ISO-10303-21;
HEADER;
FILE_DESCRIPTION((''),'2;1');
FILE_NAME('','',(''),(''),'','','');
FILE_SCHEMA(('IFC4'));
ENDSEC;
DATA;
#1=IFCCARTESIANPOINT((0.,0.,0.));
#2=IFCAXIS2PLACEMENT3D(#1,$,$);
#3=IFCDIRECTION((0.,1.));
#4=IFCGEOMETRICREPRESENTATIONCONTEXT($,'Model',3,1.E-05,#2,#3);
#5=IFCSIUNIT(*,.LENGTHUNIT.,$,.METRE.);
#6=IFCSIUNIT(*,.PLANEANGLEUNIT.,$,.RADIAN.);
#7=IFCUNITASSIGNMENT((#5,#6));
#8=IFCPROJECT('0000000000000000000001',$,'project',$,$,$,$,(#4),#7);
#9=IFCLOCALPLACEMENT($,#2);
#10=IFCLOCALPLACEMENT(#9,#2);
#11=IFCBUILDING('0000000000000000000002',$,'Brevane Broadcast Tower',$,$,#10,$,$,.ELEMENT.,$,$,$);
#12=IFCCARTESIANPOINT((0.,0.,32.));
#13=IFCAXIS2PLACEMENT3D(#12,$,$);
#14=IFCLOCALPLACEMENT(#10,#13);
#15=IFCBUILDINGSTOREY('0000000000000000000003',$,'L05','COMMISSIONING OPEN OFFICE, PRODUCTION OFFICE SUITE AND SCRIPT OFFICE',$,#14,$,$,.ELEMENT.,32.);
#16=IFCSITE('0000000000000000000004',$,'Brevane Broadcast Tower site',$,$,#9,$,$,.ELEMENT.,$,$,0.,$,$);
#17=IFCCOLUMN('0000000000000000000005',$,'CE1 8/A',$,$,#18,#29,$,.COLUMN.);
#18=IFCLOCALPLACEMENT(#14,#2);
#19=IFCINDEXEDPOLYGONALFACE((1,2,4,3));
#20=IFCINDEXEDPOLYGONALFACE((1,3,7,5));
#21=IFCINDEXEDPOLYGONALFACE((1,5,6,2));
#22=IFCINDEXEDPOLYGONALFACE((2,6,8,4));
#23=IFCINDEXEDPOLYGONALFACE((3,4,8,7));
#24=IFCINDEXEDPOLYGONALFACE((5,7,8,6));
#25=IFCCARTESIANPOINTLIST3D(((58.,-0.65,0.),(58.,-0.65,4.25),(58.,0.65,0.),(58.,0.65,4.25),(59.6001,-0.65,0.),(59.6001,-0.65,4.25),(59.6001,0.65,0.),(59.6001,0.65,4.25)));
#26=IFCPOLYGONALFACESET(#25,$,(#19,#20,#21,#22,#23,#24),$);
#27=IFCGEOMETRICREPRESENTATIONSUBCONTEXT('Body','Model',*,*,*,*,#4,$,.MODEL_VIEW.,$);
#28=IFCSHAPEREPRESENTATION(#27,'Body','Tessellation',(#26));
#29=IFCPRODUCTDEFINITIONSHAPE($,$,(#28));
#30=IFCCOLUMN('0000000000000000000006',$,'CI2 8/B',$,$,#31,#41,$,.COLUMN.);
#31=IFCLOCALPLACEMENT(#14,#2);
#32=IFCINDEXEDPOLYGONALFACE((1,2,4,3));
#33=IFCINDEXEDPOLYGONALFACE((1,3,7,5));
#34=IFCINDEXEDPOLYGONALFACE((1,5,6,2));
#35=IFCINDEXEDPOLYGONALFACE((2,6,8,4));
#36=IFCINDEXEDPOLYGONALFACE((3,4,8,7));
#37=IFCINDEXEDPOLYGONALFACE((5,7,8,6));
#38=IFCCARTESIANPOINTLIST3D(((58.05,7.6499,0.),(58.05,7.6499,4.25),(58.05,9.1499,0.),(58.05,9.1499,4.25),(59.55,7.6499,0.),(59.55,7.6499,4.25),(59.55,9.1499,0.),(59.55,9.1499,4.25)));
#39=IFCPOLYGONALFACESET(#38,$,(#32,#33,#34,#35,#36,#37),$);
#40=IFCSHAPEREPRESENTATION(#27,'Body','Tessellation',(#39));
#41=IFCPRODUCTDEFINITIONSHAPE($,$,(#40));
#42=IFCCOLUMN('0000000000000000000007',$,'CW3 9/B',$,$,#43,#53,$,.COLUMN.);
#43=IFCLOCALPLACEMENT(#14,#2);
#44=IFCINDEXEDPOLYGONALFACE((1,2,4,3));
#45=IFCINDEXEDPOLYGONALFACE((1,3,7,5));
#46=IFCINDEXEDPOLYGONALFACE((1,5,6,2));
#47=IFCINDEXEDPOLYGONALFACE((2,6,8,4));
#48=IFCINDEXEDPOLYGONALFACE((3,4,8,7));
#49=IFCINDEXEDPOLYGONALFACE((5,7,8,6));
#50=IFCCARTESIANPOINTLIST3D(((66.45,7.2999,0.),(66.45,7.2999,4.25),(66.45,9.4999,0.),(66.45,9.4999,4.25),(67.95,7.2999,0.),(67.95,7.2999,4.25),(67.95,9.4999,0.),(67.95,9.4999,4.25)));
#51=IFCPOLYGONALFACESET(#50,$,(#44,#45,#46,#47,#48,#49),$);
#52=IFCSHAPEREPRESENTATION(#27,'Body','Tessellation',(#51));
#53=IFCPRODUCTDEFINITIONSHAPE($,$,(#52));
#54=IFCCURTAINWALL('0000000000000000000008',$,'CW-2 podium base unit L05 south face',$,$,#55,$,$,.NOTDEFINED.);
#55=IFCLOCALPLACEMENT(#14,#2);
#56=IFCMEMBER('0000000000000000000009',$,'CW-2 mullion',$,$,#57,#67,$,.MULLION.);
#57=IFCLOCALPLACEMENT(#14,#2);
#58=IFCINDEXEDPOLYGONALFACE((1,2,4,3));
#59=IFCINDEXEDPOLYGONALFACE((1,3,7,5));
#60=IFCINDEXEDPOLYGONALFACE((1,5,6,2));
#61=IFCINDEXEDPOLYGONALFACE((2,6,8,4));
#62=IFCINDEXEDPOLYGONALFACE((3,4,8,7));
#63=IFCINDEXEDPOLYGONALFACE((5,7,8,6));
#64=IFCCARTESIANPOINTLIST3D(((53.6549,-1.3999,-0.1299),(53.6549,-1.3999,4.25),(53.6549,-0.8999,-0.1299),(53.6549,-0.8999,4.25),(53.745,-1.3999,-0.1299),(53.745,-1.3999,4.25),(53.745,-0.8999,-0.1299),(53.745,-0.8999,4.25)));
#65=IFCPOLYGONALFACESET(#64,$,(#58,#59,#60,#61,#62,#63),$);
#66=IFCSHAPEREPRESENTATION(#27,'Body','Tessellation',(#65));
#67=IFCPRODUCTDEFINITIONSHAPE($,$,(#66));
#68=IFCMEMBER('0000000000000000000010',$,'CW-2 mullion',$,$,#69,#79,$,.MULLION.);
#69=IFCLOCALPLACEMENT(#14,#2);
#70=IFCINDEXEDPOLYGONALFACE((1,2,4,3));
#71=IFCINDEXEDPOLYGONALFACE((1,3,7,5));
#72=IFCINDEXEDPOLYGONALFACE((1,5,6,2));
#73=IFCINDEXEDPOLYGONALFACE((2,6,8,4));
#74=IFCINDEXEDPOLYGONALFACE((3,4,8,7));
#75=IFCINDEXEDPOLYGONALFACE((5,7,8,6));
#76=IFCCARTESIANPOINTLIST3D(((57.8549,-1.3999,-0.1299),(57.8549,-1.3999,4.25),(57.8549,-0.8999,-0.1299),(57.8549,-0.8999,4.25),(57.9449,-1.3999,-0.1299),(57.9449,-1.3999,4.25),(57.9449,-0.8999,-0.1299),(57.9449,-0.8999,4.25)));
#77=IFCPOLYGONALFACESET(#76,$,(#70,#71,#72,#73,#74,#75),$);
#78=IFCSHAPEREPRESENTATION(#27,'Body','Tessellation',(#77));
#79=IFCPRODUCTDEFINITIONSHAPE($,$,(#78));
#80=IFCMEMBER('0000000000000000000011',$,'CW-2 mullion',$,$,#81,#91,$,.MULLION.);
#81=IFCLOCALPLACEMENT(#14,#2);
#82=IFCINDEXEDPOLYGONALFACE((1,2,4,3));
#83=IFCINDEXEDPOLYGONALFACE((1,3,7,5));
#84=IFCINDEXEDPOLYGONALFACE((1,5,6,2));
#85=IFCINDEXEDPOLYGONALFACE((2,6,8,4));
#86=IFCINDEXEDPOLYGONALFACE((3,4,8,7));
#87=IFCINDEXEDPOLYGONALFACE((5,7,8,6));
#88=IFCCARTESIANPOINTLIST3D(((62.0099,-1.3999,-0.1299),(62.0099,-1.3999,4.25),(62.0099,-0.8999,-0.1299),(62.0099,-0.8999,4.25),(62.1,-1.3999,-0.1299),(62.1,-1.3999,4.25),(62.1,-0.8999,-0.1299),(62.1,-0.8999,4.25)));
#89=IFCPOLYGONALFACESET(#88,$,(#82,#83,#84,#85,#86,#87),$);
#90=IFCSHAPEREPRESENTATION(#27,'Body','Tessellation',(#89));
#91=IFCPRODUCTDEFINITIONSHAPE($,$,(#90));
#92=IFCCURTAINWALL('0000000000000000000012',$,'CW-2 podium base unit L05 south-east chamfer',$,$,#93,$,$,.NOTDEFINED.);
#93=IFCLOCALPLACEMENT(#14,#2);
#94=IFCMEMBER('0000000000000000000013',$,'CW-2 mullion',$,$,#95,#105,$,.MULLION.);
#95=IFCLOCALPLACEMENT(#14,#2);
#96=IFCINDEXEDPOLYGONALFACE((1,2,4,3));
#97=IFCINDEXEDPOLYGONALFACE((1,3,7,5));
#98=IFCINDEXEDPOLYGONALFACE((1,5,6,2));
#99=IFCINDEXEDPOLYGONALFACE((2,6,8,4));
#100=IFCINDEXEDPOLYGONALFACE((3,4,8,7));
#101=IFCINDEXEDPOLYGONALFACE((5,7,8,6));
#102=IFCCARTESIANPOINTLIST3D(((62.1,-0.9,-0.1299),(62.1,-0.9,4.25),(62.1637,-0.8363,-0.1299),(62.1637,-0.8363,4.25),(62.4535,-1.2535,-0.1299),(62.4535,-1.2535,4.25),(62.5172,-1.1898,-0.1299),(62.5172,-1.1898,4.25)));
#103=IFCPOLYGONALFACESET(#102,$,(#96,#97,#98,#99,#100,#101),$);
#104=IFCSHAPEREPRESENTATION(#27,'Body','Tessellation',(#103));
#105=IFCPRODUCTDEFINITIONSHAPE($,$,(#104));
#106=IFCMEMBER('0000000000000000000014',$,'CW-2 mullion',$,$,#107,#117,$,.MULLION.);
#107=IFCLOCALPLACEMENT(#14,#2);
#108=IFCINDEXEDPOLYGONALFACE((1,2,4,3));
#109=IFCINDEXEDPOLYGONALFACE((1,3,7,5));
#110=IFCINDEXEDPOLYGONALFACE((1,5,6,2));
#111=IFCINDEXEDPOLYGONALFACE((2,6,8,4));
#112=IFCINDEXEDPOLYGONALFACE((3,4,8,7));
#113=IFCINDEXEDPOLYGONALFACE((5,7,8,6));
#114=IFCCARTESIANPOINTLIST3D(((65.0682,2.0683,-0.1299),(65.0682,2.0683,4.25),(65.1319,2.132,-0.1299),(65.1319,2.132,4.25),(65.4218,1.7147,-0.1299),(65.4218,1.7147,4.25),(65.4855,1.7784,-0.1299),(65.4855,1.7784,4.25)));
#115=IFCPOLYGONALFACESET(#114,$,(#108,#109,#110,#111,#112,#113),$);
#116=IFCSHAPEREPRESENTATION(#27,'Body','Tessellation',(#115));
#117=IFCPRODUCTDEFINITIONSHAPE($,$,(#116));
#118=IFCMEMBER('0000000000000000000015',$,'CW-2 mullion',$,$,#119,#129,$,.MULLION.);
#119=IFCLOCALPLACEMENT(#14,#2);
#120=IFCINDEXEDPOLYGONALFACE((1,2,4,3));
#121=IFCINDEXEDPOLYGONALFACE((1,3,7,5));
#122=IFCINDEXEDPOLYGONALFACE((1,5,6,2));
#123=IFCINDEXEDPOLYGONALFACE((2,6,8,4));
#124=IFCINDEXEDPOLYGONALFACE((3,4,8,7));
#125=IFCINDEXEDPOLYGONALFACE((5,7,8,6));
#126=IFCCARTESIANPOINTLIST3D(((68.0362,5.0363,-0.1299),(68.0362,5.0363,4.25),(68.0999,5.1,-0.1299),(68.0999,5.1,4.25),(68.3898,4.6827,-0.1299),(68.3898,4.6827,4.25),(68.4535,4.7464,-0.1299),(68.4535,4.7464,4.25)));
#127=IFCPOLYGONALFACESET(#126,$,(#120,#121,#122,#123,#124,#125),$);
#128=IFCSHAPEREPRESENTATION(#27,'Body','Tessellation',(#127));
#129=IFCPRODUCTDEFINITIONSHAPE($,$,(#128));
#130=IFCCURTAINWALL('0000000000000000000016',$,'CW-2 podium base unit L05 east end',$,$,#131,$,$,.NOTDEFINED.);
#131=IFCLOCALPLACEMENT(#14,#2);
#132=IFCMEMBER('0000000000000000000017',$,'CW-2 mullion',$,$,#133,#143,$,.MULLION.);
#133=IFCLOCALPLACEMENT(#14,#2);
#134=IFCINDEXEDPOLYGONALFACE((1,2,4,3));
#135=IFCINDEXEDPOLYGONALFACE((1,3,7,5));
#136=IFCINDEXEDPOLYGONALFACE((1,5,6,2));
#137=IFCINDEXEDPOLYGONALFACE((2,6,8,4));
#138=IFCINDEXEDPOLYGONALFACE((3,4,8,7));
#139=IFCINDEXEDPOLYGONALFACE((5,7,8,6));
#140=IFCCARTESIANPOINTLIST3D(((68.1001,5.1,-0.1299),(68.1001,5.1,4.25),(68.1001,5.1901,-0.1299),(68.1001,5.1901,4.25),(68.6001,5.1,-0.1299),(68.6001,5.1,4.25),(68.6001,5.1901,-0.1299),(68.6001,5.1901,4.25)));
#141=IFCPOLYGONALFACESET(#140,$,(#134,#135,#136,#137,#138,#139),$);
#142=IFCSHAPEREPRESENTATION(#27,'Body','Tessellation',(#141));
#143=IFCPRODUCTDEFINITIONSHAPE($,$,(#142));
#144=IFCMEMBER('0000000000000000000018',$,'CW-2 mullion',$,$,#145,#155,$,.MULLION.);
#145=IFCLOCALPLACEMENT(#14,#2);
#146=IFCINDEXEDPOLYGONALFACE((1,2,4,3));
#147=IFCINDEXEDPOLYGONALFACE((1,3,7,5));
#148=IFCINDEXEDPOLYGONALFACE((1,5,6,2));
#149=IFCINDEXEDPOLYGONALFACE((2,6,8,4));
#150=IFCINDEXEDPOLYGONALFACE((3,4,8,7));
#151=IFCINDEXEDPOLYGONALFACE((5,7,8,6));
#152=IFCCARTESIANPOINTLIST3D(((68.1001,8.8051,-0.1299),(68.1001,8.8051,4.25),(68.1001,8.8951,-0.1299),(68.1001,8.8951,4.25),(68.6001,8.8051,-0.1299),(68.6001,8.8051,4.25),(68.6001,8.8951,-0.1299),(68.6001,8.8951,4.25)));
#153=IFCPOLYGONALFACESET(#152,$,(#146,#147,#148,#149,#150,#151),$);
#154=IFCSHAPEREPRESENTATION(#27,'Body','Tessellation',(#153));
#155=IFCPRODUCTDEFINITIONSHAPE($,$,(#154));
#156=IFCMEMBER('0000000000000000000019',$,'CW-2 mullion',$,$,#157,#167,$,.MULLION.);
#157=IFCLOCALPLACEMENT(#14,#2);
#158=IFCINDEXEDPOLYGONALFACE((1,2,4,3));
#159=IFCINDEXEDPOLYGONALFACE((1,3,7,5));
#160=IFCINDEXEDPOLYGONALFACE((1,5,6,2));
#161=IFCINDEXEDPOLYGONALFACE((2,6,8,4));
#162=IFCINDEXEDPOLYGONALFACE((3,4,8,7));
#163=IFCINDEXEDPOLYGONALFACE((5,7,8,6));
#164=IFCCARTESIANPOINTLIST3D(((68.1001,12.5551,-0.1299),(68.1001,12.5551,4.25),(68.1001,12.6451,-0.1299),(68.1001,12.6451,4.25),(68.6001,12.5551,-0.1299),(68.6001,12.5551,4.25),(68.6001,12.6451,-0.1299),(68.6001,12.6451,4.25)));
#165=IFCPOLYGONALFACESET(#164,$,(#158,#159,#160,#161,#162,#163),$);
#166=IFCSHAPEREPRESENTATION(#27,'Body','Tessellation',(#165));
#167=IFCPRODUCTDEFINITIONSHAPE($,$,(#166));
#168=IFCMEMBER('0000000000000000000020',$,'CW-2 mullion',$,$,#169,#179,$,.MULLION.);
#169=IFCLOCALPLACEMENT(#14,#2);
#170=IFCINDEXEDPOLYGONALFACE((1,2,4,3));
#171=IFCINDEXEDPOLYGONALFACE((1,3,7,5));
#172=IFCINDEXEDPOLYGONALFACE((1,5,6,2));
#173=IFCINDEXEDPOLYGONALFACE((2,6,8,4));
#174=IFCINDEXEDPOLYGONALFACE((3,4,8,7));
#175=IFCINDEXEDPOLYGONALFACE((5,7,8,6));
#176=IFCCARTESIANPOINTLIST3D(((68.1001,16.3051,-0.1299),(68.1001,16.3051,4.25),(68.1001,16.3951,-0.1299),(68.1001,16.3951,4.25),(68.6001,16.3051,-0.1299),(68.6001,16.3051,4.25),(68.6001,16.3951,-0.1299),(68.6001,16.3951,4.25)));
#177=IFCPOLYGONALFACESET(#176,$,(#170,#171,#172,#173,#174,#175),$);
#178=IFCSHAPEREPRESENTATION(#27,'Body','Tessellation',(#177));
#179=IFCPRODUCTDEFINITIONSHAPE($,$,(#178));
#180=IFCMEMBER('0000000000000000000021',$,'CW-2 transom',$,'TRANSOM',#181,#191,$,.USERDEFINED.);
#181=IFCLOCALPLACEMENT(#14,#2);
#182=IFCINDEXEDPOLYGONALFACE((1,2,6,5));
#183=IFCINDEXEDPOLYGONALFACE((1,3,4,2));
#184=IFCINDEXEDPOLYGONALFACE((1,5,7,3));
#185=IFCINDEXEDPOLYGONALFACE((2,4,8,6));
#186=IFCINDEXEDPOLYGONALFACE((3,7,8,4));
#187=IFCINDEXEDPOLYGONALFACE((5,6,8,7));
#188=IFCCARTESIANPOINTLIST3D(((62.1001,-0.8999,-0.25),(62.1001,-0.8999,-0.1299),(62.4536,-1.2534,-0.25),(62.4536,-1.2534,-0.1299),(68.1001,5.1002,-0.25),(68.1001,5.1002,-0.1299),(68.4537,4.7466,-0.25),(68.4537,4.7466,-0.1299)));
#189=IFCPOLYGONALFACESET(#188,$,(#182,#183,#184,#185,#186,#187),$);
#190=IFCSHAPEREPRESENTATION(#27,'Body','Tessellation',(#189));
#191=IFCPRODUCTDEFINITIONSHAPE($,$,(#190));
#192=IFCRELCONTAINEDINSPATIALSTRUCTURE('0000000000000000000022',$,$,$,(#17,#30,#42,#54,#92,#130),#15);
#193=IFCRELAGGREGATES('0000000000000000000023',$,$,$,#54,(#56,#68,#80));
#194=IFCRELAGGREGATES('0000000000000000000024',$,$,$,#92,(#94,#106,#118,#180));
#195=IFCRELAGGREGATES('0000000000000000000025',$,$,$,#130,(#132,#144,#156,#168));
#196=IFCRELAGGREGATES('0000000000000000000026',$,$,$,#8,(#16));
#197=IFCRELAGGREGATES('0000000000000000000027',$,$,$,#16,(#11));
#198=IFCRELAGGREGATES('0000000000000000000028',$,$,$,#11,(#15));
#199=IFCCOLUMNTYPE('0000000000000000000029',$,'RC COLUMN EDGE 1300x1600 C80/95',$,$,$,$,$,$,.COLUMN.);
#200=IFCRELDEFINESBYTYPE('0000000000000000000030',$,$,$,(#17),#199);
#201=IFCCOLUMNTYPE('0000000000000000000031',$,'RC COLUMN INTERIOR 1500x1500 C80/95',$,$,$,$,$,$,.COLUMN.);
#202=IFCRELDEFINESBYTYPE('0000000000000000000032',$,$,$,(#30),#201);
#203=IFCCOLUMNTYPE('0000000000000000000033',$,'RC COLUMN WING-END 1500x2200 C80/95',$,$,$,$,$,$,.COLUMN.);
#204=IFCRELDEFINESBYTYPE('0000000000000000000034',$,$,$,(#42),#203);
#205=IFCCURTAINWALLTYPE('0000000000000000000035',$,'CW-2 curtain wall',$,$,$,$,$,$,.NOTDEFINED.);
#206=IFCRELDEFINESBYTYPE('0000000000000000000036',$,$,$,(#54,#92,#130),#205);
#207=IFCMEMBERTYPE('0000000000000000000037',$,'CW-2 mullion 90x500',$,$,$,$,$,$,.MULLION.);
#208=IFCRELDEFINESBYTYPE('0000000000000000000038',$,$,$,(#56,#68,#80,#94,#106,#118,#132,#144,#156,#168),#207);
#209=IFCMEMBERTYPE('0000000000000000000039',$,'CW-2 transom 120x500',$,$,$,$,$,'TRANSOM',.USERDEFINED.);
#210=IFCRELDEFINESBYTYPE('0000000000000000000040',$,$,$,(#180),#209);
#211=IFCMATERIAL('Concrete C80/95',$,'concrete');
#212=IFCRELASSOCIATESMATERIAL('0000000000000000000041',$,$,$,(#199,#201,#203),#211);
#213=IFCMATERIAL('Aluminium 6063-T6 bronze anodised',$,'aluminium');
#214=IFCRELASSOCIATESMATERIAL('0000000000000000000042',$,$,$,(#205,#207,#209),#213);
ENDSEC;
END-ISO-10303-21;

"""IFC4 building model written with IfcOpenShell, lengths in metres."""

from ifc_helpers import new_model, si_unit, direction, frame, origin, origin_2d, place, context, subcontext, project, spatial, rectangle, extrude, material, material_profile, profile_set, type_object, element, aggregate, save


model = new_model("IFC4")

# Units and contexts
model_context = context("Model", 3, precision=1e-05, world=origin(), true_north=direction((0.0, 1.0)))
body_context = subcontext(model_context, "Body", "Model", "MODEL_VIEW")
ifc_project = project(units=[si_unit("LENGTHUNIT", "METRE"), si_unit("PLANEANGLEUNIT", "RADIAN")], contexts=[model_context])

# Site, building, storey
site_placement = place(None, origin())
site = spatial("IfcSite", under=ifc_project, at=site_placement, Name="Brevane Broadcast Tower site", CompositionType="ELEMENT", RefElevation=0.0)
building_placement = place(site_placement, origin())
building = spatial("IfcBuilding", under=site, at=building_placement, Name="Brevane Broadcast Tower", CompositionType="ELEMENT")
storey_placement = place(building_placement, frame((0.0, 0.0, 32.0)))
storey = spatial("IfcBuildingStorey", under=building, at=storey_placement, Name="L05", Description="COMMISSIONING OPEN OFFICE, PRODUCTION OFFICE SUITE AND SCRIPT OFFICE", CompositionType="ELEMENT", Elevation=32.0)

# Columns
ifc_material_1 = material(Name="Concrete C80/95", Category="concrete")
ifc_material_profile_1 = material_profile(ifc_material_1, rectangle(XDim=1.3, YDim=1.6001, at=origin_2d()), Name="RC 1300x1600")
ifc_profile_set_1 = profile_set([ifc_material_profile_1], Name="Concrete C80/95")
column_type_1 = type_object("IfcColumnType", Name="RC COLUMN EDGE 1300x1600 C80/95", PredefinedType="COLUMN", material=ifc_profile_set_1)
column_1_placement = place(storey_placement, frame((58.8, 0.0, 0.0), z_axis=(0.0, 0.0, 1.0), x_axis=(0.0, 1.0, 0.0)))
element("IfcColumn", 1, at=column_1_placement, inside=storey, type_object=column_type_1, Name="CE1 8/A", PredefinedType="COLUMN", context=body_context, shape_type="SweptSolid", body=[
    extrude(rectangle(XDim=1.3, YDim=1.6001, at=origin_2d()), origin(), (0.0, 0.0, 1.0), 4.25),
])
ifc_material_profile_2 = material_profile(ifc_material_1, rectangle(XDim=1.5, YDim=1.5, at=origin_2d()), Name="RC 1500x1500")
ifc_profile_set_2 = profile_set([ifc_material_profile_2], Name="Concrete C80/95")
column_type_2 = type_object("IfcColumnType", Name="RC COLUMN INTERIOR 1500x1500 C80/95", PredefinedType="COLUMN", material=ifc_profile_set_2)
column_2_placement = place(storey_placement, frame((58.8, 8.3999, 0.0), z_axis=(0.0, 0.0, 1.0), x_axis=(1.0, 0.0, 0.0)))
element("IfcColumn", 2, at=column_2_placement, inside=storey, type_object=column_type_2, Name="CI2 8/B", PredefinedType="COLUMN", context=body_context, shape_type="SweptSolid", body=[
    extrude(rectangle(XDim=1.5, YDim=1.5, at=origin_2d()), origin(), (0.0, 0.0, 1.0), 4.25),
])
ifc_material_profile_3 = material_profile(ifc_material_1, rectangle(XDim=1.5, YDim=2.2, at=origin_2d()), Name="RC 1500x2200")
ifc_profile_set_3 = profile_set([ifc_material_profile_3], Name="Concrete C80/95")
column_type_3 = type_object("IfcColumnType", Name="RC COLUMN WING-END 1500x2200 C80/95", PredefinedType="COLUMN", material=ifc_profile_set_3)
column_3_placement = place(storey_placement, frame((67.2, 8.3999, 0.0), z_axis=(0.0, 0.0, 1.0), x_axis=(1.0, 0.0, 0.0)))
element("IfcColumn", 3, at=column_3_placement, inside=storey, type_object=column_type_3, Name="CW3 9/B", PredefinedType="COLUMN", context=body_context, shape_type="SweptSolid", body=[
    extrude(rectangle(XDim=1.5, YDim=2.2, at=origin_2d()), origin(), (0.0, 0.0, 1.0), 4.25),
])

# Curtain walls, members
ifc_material_2 = material(Name="Aluminium 6063-T6 bronze anodised", Category="aluminium")
curtain_wall_type = type_object("IfcCurtainWallType", Name="CW-2 curtain wall", PredefinedType="NOTDEFINED", material=ifc_material_2)
curtain_wall_1_placement = place(storey_placement, origin())
curtain_wall_1 = element("IfcCurtainWall", 4, at=curtain_wall_1_placement, inside=storey, type_object=curtain_wall_type, Name="CW-2 podium base unit L05 south face", PredefinedType="NOTDEFINED")
ifc_material_profile_4 = material_profile(ifc_material_2, rectangle(XDim=0.5, YDim=0.0901, at=origin_2d()), Name="RECT 90x500")
ifc_profile_set_4 = profile_set([ifc_material_profile_4], Name="Aluminium 6063-T6 bronze anodised")
member_type_1 = type_object("IfcMemberType", Name="CW-2 mullion 90x500", PredefinedType="MULLION", material=ifc_profile_set_4)
member_1_placement = place(storey_placement, frame((53.7, -1.1499, -0.1299), z_axis=(0.0, 0.0, 1.0), x_axis=(0.0, 1.0, 0.0)))
member_1 = element("IfcMember", 5, at=member_1_placement, type_object=member_type_1, Name="CW-2 mullion", PredefinedType="MULLION", context=body_context, shape_type="SweptSolid", body=[
    extrude(rectangle(XDim=0.5, YDim=0.0901, at=origin_2d()), origin(), (0.0, 0.0, 1.0), 4.3799),
])
member_2_placement = place(storey_placement, frame((57.8999, -1.1499, -0.1299), z_axis=(0.0, 0.0, 1.0), x_axis=(0.0, 1.0, 0.0)))
member_2 = element("IfcMember", 6, at=member_2_placement, type_object=member_type_1, Name="CW-2 mullion", PredefinedType="MULLION", context=body_context, shape_type="SweptSolid", body=[
    extrude(rectangle(XDim=0.5, YDim=0.0901, at=origin_2d()), origin(), (0.0, 0.0, 1.0), 4.3799),
])
member_3_placement = place(storey_placement, frame((62.0549, -1.1499, -0.1299), z_axis=(0.0, 0.0, 1.0), x_axis=(0.0, 1.0, 0.0)))
member_3 = element("IfcMember", 7, at=member_3_placement, type_object=member_type_1, Name="CW-2 mullion", PredefinedType="MULLION", context=body_context, shape_type="SweptSolid", body=[
    extrude(rectangle(XDim=0.5, YDim=0.0901, at=origin_2d()), origin(), (0.0, 0.0, 1.0), 4.3799),
])
aggregate(curtain_wall_1, [member_1, member_2, member_3])
curtain_wall_2_placement = place(storey_placement, origin())
curtain_wall_2 = element("IfcCurtainWall", 8, at=curtain_wall_2_placement, inside=storey, type_object=curtain_wall_type, Name="CW-2 podium base unit L05 south-east chamfer", PredefinedType="NOTDEFINED")
member_4_placement = place(storey_placement, frame((62.3086, -1.0449, -0.1299), z_axis=(0.0, 0.0, 1.0), x_axis=(-0.707107, 0.707107, 0.0)))
member_4 = element("IfcMember", 9, at=member_4_placement, type_object=member_type_1, Name="CW-2 mullion", PredefinedType="MULLION", context=body_context, shape_type="SweptSolid", body=[
    extrude(rectangle(XDim=0.5, YDim=0.0901, at=origin_2d()), origin(), (0.0, 0.0, 1.0), 4.3799),
])
member_5_placement = place(storey_placement, frame((65.2769, 1.9233, -0.1299), z_axis=(0.0, 0.0, 1.0), x_axis=(-0.707107, 0.707107, 0.0)))
member_5 = element("IfcMember", 10, at=member_5_placement, type_object=member_type_1, Name="CW-2 mullion", PredefinedType="MULLION", context=body_context, shape_type="SweptSolid", body=[
    extrude(rectangle(XDim=0.5, YDim=0.0901, at=origin_2d()), origin(), (0.0, 0.0, 1.0), 4.3799),
])
member_6_placement = place(storey_placement, frame((68.2449, 4.8914, -0.1299), z_axis=(0.0, 0.0, 1.0), x_axis=(-0.707107, 0.707107, 0.0)))
member_6 = element("IfcMember", 11, at=member_6_placement, type_object=member_type_1, Name="CW-2 mullion", PredefinedType="MULLION", context=body_context, shape_type="SweptSolid", body=[
    extrude(rectangle(XDim=0.5, YDim=0.0901, at=origin_2d()), origin(), (0.0, 0.0, 1.0), 4.3799),
])
curtain_wall_3_placement = place(storey_placement, origin())
curtain_wall_3 = element("IfcCurtainWall", 12, at=curtain_wall_3_placement, inside=storey, type_object=curtain_wall_type, Name="CW-2 podium base unit L05 east end", PredefinedType="NOTDEFINED")
member_7_placement = place(storey_placement, frame((68.3501, 5.145, -0.1299), z_axis=(0.0, 0.0, 1.0), x_axis=(-1.0, 0.0, 0.0)))
member_7 = element("IfcMember", 13, at=member_7_placement, type_object=member_type_1, Name="CW-2 mullion", PredefinedType="MULLION", context=body_context, shape_type="SweptSolid", body=[
    extrude(rectangle(XDim=0.5, YDim=0.0901, at=origin_2d()), origin(), (0.0, 0.0, 1.0), 4.3799),
])
member_8_placement = place(storey_placement, frame((68.3501, 8.8501, -0.1299), z_axis=(0.0, 0.0, 1.0), x_axis=(-1.0, 0.0, 0.0)))
member_8 = element("IfcMember", 14, at=member_8_placement, type_object=member_type_1, Name="CW-2 mullion", PredefinedType="MULLION", context=body_context, shape_type="SweptSolid", body=[
    extrude(rectangle(XDim=0.5, YDim=0.0901, at=origin_2d()), origin(), (0.0, 0.0, 1.0), 4.3799),
])
member_9_placement = place(storey_placement, frame((68.3501, 12.6001, -0.1299), z_axis=(0.0, 0.0, 1.0), x_axis=(-1.0, 0.0, 0.0)))
member_9 = element("IfcMember", 15, at=member_9_placement, type_object=member_type_1, Name="CW-2 mullion", PredefinedType="MULLION", context=body_context, shape_type="SweptSolid", body=[
    extrude(rectangle(XDim=0.5, YDim=0.0901, at=origin_2d()), origin(), (0.0, 0.0, 1.0), 4.3799),
])
member_10_placement = place(storey_placement, frame((68.3501, 16.3501, -0.1299), z_axis=(0.0, 0.0, 1.0), x_axis=(-1.0, 0.0, 0.0)))
member_10 = element("IfcMember", 16, at=member_10_placement, type_object=member_type_1, Name="CW-2 mullion", PredefinedType="MULLION", context=body_context, shape_type="SweptSolid", body=[
    extrude(rectangle(XDim=0.5, YDim=0.0901, at=origin_2d()), origin(), (0.0, 0.0, 1.0), 4.3799),
])

# Member
ifc_material_profile_5 = material_profile(ifc_material_2, rectangle(XDim=0.5, YDim=0.1201, at=origin_2d()), Name="RECT 120x500")
ifc_profile_set_5 = profile_set([ifc_material_profile_5], Name="Aluminium 6063-T6 bronze anodised")
member_type_2 = type_object("IfcMemberType", Name="CW-2 transom 120x500", ElementType="TRANSOM", PredefinedType="USERDEFINED", material=ifc_profile_set_5)
member_11_placement = place(storey_placement, frame((62.2769, -1.0767, -0.1899), z_axis=(0.707107, 0.707107, 0.0), x_axis=(-0.707107, 0.707107, 0.0)))
member_11 = element("IfcMember", 17, at=member_11_placement, type_object=member_type_2, Name="CW-2 transom", ObjectType="TRANSOM", PredefinedType="USERDEFINED", context=body_context, shape_type="SweptSolid", body=[
    extrude(rectangle(XDim=0.5, YDim=0.1201, at=origin_2d()), origin(), (0.0, 0.0, 1.0), 8.4854),
])
aggregate(curtain_wall_2, [member_4, member_5, member_6, member_11])
aggregate(curtain_wall_3, [member_7, member_8, member_9, member_10])

save(model, "model.ifc")
